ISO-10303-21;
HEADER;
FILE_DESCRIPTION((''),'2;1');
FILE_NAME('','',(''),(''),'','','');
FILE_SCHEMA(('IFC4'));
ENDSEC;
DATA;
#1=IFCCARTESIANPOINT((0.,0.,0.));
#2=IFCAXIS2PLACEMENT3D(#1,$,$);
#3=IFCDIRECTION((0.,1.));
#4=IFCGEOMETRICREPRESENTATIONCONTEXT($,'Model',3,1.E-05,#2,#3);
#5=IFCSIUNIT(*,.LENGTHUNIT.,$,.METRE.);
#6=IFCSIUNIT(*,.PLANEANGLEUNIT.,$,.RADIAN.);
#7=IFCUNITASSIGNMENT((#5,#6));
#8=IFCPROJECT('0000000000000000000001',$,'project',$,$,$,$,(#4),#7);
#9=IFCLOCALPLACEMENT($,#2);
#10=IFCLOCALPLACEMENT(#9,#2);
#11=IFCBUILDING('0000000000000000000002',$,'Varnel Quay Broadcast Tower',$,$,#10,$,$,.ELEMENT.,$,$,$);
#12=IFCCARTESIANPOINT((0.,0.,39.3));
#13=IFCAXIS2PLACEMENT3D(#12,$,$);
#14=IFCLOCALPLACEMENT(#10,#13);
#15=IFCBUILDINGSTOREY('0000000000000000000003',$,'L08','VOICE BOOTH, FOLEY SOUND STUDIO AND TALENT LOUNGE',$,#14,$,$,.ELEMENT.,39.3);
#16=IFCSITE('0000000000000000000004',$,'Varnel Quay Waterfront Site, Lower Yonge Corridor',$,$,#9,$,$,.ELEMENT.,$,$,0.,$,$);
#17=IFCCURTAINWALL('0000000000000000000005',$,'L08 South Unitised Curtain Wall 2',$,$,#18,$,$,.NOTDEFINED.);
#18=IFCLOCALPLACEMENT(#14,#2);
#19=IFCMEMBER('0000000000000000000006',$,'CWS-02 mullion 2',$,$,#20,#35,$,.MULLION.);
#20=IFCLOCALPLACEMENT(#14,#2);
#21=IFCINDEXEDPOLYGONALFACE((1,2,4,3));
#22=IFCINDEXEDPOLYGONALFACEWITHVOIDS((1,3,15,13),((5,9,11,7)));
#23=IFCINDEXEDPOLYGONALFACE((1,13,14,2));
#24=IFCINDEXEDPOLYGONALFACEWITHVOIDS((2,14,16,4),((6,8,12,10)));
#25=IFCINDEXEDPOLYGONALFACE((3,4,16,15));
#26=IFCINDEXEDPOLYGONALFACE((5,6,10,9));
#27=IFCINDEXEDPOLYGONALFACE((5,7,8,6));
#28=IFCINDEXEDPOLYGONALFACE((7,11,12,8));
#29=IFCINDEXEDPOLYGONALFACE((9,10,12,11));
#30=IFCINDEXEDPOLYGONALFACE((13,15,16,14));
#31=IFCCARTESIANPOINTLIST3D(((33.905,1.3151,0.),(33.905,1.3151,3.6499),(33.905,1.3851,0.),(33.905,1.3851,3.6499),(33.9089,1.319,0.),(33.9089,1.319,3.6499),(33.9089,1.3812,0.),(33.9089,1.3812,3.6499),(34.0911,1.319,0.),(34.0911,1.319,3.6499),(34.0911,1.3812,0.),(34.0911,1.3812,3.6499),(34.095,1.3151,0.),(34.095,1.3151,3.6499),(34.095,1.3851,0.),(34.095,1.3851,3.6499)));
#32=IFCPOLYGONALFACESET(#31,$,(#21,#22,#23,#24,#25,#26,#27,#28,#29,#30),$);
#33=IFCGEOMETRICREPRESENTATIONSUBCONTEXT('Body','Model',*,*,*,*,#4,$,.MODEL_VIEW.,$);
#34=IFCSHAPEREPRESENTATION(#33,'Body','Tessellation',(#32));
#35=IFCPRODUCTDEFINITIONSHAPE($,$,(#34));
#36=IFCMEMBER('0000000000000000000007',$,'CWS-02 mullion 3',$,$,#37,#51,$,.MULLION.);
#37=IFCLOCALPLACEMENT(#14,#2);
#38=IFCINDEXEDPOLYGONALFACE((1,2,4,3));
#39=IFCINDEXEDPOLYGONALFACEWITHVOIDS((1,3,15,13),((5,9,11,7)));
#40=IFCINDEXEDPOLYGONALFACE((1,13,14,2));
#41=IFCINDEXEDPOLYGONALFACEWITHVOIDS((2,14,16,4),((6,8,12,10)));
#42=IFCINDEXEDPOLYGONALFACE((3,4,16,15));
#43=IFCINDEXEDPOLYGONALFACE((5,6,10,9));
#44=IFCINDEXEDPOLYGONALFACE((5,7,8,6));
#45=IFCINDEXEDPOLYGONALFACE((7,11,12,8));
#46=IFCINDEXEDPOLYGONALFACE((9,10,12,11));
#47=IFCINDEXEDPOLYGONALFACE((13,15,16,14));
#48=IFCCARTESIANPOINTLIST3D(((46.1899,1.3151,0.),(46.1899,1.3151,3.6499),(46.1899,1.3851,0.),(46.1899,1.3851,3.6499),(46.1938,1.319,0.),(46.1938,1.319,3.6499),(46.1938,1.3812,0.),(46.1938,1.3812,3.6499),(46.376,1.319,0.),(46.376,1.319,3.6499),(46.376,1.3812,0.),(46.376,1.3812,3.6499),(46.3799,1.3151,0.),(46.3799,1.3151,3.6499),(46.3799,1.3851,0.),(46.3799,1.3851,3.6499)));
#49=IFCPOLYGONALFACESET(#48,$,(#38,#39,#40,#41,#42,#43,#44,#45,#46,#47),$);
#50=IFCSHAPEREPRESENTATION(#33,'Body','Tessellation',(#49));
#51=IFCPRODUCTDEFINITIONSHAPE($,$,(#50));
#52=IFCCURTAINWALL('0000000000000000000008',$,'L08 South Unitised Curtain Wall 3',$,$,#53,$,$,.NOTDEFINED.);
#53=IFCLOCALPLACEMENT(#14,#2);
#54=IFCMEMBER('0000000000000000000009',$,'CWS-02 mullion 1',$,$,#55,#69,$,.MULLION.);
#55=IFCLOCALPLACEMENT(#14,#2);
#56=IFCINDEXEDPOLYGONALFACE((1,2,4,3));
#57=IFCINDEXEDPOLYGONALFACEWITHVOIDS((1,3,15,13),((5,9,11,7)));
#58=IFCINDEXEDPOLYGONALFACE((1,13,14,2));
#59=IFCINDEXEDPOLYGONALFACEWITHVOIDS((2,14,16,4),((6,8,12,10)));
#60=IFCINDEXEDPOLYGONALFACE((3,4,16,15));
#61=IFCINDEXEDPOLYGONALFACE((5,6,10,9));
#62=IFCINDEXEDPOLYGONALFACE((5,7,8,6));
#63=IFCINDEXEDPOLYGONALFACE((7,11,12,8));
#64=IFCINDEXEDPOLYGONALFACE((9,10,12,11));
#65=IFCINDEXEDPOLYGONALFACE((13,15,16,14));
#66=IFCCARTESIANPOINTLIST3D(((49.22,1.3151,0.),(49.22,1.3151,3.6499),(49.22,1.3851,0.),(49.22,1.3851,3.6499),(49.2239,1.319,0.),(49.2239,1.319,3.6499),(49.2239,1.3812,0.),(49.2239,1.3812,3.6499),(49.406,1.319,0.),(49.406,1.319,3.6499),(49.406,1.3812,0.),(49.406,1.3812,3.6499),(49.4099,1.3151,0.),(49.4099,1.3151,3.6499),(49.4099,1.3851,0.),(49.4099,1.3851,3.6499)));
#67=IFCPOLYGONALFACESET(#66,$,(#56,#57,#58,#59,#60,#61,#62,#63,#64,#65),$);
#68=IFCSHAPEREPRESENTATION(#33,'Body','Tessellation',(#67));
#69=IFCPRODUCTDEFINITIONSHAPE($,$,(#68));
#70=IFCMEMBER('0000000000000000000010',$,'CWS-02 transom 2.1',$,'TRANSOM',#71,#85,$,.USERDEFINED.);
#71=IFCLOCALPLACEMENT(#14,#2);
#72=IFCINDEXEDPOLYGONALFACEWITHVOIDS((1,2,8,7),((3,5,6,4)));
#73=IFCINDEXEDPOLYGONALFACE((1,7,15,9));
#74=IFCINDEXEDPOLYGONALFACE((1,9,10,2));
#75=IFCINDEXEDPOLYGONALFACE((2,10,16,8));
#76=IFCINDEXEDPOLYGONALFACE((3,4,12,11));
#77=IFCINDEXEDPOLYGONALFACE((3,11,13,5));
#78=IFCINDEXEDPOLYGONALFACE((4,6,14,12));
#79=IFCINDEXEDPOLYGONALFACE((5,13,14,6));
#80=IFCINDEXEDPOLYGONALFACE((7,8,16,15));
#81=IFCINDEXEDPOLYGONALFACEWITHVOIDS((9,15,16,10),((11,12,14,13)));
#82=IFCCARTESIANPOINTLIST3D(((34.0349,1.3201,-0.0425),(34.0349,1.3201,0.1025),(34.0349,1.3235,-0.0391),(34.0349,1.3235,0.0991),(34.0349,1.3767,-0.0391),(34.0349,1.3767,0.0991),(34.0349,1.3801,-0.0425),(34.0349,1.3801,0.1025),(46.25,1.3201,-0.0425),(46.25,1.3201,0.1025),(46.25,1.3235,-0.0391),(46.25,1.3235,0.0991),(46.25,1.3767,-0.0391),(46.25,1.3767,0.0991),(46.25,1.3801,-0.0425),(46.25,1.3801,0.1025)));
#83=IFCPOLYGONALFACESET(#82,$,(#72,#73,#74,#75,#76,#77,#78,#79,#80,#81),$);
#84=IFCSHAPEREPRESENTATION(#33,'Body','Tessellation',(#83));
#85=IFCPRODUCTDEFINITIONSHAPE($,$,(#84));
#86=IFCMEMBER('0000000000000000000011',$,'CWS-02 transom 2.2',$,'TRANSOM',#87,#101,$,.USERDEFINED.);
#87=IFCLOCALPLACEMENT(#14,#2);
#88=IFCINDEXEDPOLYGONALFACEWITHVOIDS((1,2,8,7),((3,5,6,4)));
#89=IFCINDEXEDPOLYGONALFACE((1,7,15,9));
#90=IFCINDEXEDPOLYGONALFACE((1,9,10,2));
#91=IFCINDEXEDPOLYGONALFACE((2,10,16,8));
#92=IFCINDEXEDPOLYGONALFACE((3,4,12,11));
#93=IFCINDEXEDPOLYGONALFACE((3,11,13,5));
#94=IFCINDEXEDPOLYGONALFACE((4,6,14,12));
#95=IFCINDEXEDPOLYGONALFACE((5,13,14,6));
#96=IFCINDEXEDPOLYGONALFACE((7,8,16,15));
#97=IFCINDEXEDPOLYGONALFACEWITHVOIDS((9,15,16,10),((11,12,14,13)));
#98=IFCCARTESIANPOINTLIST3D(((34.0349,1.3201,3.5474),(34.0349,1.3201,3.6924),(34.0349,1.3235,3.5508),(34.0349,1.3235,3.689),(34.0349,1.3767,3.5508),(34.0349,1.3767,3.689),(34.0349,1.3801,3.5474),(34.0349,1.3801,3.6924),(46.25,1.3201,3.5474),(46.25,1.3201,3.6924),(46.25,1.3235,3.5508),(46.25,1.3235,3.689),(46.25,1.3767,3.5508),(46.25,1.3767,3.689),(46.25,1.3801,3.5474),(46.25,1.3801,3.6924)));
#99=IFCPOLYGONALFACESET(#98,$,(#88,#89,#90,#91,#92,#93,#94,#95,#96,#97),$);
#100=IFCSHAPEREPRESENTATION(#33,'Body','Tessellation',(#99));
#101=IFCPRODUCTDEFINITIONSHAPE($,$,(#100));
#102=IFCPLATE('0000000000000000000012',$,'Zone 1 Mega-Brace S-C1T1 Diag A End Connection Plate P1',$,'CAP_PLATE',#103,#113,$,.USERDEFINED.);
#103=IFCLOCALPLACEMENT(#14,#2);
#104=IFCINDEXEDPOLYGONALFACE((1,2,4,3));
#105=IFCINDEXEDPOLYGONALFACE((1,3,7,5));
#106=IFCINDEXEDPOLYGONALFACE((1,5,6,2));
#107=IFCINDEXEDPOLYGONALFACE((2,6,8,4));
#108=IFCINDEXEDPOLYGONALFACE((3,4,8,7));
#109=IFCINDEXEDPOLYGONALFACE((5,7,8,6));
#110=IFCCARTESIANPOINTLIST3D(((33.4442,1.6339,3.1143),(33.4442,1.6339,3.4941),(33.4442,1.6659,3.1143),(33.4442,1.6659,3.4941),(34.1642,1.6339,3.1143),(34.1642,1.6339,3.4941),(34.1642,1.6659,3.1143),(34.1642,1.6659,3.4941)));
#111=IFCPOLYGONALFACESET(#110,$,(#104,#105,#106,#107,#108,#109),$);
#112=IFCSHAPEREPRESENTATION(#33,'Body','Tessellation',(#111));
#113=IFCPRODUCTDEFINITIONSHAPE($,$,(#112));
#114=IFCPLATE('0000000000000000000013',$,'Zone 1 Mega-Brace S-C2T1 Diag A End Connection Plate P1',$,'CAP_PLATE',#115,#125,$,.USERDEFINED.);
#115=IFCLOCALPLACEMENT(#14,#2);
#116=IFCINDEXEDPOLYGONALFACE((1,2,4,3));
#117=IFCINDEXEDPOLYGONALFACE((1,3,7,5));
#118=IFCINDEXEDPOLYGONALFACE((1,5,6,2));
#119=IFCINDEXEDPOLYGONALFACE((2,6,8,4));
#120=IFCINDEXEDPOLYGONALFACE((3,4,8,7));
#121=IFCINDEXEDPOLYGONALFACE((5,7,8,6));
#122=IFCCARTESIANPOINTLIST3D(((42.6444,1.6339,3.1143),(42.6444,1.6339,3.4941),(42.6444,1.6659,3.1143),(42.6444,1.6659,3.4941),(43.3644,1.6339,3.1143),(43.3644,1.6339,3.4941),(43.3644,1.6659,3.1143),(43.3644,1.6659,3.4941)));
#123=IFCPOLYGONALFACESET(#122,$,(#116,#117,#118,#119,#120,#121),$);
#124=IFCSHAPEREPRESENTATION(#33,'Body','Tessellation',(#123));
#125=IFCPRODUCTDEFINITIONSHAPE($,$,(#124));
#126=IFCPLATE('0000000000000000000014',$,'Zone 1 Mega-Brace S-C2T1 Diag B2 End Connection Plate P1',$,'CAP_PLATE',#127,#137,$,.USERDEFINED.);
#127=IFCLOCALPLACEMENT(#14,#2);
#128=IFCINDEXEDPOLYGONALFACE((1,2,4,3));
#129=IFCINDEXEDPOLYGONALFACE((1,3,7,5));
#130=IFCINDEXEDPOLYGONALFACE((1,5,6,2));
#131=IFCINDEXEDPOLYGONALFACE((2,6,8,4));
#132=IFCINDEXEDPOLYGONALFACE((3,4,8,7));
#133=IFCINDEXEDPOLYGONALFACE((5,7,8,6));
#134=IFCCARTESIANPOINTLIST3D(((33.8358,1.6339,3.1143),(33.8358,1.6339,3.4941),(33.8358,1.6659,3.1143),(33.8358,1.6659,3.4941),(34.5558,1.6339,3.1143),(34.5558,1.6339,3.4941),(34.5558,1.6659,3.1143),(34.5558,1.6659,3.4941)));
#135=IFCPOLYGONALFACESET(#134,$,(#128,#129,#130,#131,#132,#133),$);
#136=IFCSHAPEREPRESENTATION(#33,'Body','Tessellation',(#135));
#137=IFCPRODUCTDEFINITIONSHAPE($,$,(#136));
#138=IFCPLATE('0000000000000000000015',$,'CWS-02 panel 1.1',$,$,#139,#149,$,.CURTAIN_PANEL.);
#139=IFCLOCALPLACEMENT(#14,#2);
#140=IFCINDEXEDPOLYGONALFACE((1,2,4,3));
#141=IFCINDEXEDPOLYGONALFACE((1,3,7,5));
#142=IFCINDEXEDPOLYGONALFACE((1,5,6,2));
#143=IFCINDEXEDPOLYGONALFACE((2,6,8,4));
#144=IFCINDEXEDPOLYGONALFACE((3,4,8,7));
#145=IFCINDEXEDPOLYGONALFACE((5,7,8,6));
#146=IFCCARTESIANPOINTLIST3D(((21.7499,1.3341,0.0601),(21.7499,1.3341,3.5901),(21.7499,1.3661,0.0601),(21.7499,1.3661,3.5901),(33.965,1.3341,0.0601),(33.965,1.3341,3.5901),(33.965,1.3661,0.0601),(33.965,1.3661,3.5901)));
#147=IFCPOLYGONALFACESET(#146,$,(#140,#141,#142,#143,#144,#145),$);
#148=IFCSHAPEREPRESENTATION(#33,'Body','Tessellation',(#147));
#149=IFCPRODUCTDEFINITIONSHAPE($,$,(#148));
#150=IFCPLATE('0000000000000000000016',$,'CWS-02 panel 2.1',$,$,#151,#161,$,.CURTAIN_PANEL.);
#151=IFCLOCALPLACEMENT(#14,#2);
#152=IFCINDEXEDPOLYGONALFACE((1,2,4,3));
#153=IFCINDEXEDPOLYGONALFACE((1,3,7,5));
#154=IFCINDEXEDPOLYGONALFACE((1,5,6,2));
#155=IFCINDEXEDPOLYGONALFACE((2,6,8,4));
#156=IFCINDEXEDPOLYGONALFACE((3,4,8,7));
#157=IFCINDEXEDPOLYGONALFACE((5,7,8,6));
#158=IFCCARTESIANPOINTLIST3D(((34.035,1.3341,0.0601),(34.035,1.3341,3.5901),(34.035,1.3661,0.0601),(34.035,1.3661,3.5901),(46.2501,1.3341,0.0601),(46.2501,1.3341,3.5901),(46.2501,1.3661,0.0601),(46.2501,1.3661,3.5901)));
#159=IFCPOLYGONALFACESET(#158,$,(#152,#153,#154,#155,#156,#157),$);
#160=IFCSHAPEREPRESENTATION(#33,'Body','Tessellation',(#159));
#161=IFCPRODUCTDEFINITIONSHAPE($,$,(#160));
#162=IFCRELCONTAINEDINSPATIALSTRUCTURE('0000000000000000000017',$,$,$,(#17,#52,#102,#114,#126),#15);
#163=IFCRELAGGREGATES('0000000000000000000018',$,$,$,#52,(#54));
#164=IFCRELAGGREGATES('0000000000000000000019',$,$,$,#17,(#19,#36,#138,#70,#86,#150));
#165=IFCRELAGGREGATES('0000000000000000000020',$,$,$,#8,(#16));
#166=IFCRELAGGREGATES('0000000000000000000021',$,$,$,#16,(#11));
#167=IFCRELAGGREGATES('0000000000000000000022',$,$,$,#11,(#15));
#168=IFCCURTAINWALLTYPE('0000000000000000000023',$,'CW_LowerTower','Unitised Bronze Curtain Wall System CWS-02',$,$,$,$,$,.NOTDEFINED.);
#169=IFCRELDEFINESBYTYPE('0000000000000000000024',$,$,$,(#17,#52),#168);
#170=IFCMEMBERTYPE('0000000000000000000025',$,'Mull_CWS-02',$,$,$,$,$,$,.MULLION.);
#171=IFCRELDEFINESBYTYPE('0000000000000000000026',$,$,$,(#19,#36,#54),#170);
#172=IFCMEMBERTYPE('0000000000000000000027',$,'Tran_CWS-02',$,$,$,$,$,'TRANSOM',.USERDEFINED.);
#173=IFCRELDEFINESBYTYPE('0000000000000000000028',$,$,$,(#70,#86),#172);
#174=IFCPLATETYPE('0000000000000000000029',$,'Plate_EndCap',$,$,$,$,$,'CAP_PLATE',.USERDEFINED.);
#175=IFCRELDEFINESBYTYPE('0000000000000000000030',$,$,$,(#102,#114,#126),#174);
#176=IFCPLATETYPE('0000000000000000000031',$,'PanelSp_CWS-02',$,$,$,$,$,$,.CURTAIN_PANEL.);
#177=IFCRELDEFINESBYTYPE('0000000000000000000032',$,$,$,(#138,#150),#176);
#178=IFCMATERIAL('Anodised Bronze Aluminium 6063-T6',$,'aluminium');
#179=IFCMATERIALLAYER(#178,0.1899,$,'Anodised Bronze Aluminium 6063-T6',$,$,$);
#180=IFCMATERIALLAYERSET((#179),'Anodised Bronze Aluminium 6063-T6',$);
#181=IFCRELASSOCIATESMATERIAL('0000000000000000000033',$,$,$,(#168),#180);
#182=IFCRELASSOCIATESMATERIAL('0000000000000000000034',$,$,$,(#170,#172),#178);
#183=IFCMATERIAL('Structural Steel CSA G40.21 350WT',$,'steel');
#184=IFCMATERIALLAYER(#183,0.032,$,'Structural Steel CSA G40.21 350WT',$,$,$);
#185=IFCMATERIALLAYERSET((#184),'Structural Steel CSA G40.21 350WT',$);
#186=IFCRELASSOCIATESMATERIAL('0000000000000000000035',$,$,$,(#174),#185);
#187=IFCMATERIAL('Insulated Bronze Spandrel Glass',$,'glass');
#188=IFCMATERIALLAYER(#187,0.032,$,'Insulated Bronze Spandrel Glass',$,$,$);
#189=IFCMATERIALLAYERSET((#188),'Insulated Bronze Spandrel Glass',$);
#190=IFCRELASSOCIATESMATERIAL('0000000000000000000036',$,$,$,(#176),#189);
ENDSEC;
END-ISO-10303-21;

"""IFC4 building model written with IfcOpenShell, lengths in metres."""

from ifc_helpers import new_model, si_unit, direction, frame, origin, origin_2d, place, context, subcontext, project, spatial, rectangle, hollow_rectangle, extrude, source, transform, mapped, material, layer, layer_set, material_profile, profile_set, type_object, type_shapes, element, aggregate, save


model = new_model("IFC4")

# Units and contexts
model_context = context("Model", 3, precision=1e-05, world=origin(), true_north=direction((0.0, 1.0)))
body_context = subcontext(model_context, "Body", "Model", "MODEL_VIEW")
ifc_project = project(units=[si_unit("LENGTHUNIT", "METRE"), si_unit("PLANEANGLEUNIT", "RADIAN")], contexts=[model_context])

# Site, building, storey
site_placement = place(None, origin())
site = spatial("IfcSite", under=ifc_project, at=site_placement, Name="Varnel Quay Waterfront Site, Lower Yonge Corridor", CompositionType="ELEMENT", RefElevation=0.0)
building_placement = place(site_placement, origin())
building = spatial("IfcBuilding", under=site, at=building_placement, Name="Varnel Quay Broadcast Tower", CompositionType="ELEMENT")
storey_placement = place(building_placement, frame((0.0, 0.0, 39.3)))
storey = spatial("IfcBuildingStorey", under=building, at=storey_placement, Name="L08", Description="VOICE BOOTH, FOLEY SOUND STUDIO AND TALENT LOUNGE", CompositionType="ELEMENT", Elevation=39.3)

# Curtain wall, members
ifc_material_1 = material(Name="Anodised Bronze Aluminium 6063-T6", Category="aluminium")
ifc_layer_1 = layer(ifc_material_1, 0.1899, Name="Anodised Bronze Aluminium 6063-T6")
ifc_layer_set_1 = layer_set([ifc_layer_1], Name="Anodised Bronze Aluminium 6063-T6")
curtain_wall_type = type_object("IfcCurtainWallType", Name="CW_LowerTower", Description="Unitised Bronze Curtain Wall System CWS-02", PredefinedType="NOTDEFINED", material=ifc_layer_set_1)
curtain_wall_1_placement = place(storey_placement, origin())
curtain_wall_1 = element("IfcCurtainWall", 1, at=curtain_wall_1_placement, inside=storey, type_object=curtain_wall_type, Name="L08 South Unitised Curtain Wall 2", PredefinedType="NOTDEFINED")
ifc_material_profile_1 = material_profile(ifc_material_1, hollow_rectangle(XDim=0.0701, YDim=0.1899, WallThickness=0.0039, at=origin_2d()), Name="ALU70X190X4")
ifc_profile_set_1 = profile_set([ifc_material_profile_1], Name="Anodised Bronze Aluminium 6063-T6")
member_type_1 = type_object("IfcMemberType", Name="Mull_CWS-02", PredefinedType="MULLION", material=ifc_profile_set_1)
shared_shape_1 = source(origin(), body_context, "Body", "SweptSolid", [
    extrude(hollow_rectangle(XDim=0.0701, YDim=0.1899, WallThickness=0.0039, at=origin_2d()), origin(), (0.0, 0.0, 1.0), 3.6499),
])
type_shapes(member_type_1, [shared_shape_1])
member_1_placement = place(storey_placement, frame((34.0, 1.3501, 0.0), z_axis=(0.0, 0.0, 1.0), x_axis=(0.0, 1.0, 0.0)))
member_1 = element("IfcMember", 2, at=member_1_placement, type_object=member_type_1, Name="CWS-02 mullion 2", PredefinedType="MULLION", context=body_context, shape_type="MappedRepresentation", body=[
    mapped(shared_shape_1, transform((0.0, 0.0, 0.0), x_axis=(1.0, 0.0, 0.0), y_axis=(0.0, 1.0, 0.0), z_axis=(0.0, 0.0, 1.0), scale=1.0)),
])
member_2_placement = place(storey_placement, frame((46.2849, 1.3501, 0.0), z_axis=(0.0, 0.0, 1.0), x_axis=(0.0, 1.0, 0.0)))
member_2 = element("IfcMember", 3, at=member_2_placement, type_object=member_type_1, Name="CWS-02 mullion 3", PredefinedType="MULLION", context=body_context, shape_type="MappedRepresentation", body=[
    mapped(shared_shape_1, transform((0.0, 0.0, 0.0), x_axis=(1.0, 0.0, 0.0), y_axis=(0.0, 1.0, 0.0), z_axis=(0.0, 0.0, 1.0), scale=1.0)),
])

# Curtain wall, member
curtain_wall_2_placement = place(storey_placement, origin())
curtain_wall_2 = element("IfcCurtainWall", 4, at=curtain_wall_2_placement, inside=storey, type_object=curtain_wall_type, Name="L08 South Unitised Curtain Wall 3", PredefinedType="NOTDEFINED")
member_3_placement = place(storey_placement, frame((49.3149, 1.3501, 0.0), z_axis=(0.0, 0.0, 1.0), x_axis=(0.0, 1.0, 0.0)))
member_3 = element("IfcMember", 5, at=member_3_placement, type_object=member_type_1, Name="CWS-02 mullion 1", PredefinedType="MULLION", context=body_context, shape_type="MappedRepresentation", body=[
    mapped(shared_shape_1, transform((0.0, 0.0, 0.0), x_axis=(1.0, 0.0, 0.0), y_axis=(0.0, 1.0, 0.0), z_axis=(0.0, 0.0, 1.0), scale=1.0)),
])
aggregate(curtain_wall_2, [member_3])

# Members
ifc_material_profile_2 = material_profile(ifc_material_1, hollow_rectangle(XDim=0.0601, YDim=0.145, WallThickness=0.0034, at=origin_2d()), Name="ALU60X145X3.5")
ifc_profile_set_2 = profile_set([ifc_material_profile_2], Name="Anodised Bronze Aluminium 6063-T6")
member_type_2 = type_object("IfcMemberType", Name="Tran_CWS-02", ElementType="TRANSOM", PredefinedType="USERDEFINED", material=ifc_profile_set_2)
shared_shape_2 = source(origin(), body_context, "Body", "SweptSolid", [
    extrude(hollow_rectangle(XDim=0.0601, YDim=0.145, WallThickness=0.0034, at=origin_2d()), origin(), (0.0, 0.0, 1.0), 12.2151),
])
type_shapes(member_type_2, [shared_shape_2])
member_4_placement = place(storey_placement, frame((34.0349, 1.3501, 0.03), z_axis=(1.0, 0.0, 0.0), x_axis=(0.0, 1.0, 0.0)))
member_4 = element("IfcMember", 6, at=member_4_placement, type_object=member_type_2, Name="CWS-02 transom 2.1", ObjectType="TRANSOM", PredefinedType="USERDEFINED", context=body_context, shape_type="MappedRepresentation", body=[
    mapped(shared_shape_2, transform((0.0, 0.0, 0.0), x_axis=(1.0, 0.0, 0.0), y_axis=(0.0, 1.0, 0.0), z_axis=(0.0, 0.0, 1.0), scale=1.0)),
])
member_5_placement = place(storey_placement, frame((34.0349, 1.3501, 3.6199), z_axis=(1.0, 0.0, 0.0), x_axis=(0.0, 1.0, 0.0)))
member_5 = element("IfcMember", 7, at=member_5_placement, type_object=member_type_2, Name="CWS-02 transom 2.2", ObjectType="TRANSOM", PredefinedType="USERDEFINED", context=body_context, shape_type="MappedRepresentation", body=[
    mapped(shared_shape_2, transform((0.0, 0.0, 0.0), x_axis=(1.0, 0.0, 0.0), y_axis=(0.0, 1.0, 0.0), z_axis=(0.0, 0.0, 1.0), scale=1.0)),
])

# Plates
ifc_material_2 = material(Name="Structural Steel CSA G40.21 350WT", Category="steel")
ifc_layer_2 = layer(ifc_material_2, 0.032, Name="Structural Steel CSA G40.21 350WT")
ifc_layer_set_2 = layer_set([ifc_layer_2], Name="Structural Steel CSA G40.21 350WT")
plate_type_1 = type_object("IfcPlateType", Name="Plate_EndCap", ElementType="CAP_PLATE", PredefinedType="USERDEFINED", material=ifc_layer_set_2)
shared_shape_3 = source(origin(), body_context, "Body", "SweptSolid", [
    extrude(rectangle(XDim=0.72, YDim=0.032, at=origin_2d()), origin(), (0.0, 0.0, 1.0), 0.3799),
])
type_shapes(plate_type_1, [shared_shape_3])
for number, where, z_axis, x_axis, name in (
    (8, (33.8042, 1.6499, 3.1143), (0.0, 0.0, 1.0), (1.0, 0.0, 0.0), "Zone 1 Mega-Brace S-C1T1 Diag A End Connection Plate P1"),
    (9, (43.0044, 1.6499, 3.1143), (0.0, 0.0, 1.0), (1.0, 0.0, 0.0), "Zone 1 Mega-Brace S-C2T1 Diag A End Connection Plate P1"),
    (10, (34.1958, 1.6499, 3.1143), (0.0, 0.0, 1.0), (1.0, 0.0, 0.0), "Zone 1 Mega-Brace S-C2T1 Diag B2 End Connection Plate P1"),
):
    element("IfcPlate", number, at=place(storey_placement, frame(where, z_axis=z_axis, x_axis=x_axis)), inside=storey, type_object=plate_type_1, Name=name, ObjectType="CAP_PLATE", PredefinedType="USERDEFINED", context=body_context, shape_type="MappedRepresentation", body=[
        mapped(shared_shape_3, transform((0.0, 0.0, 0.0), x_axis=(1.0, 0.0, 0.0), y_axis=(0.0, 1.0, 0.0), z_axis=(0.0, 0.0, 1.0), scale=1.0)),
    ])

# Plates
ifc_material_3 = material(Name="Insulated Bronze Spandrel Glass", Category="glass")
ifc_layer_3 = layer(ifc_material_3, 0.032, Name="Insulated Bronze Spandrel Glass")
ifc_layer_set_3 = layer_set([ifc_layer_3], Name="Insulated Bronze Spandrel Glass")
plate_type_2 = type_object("IfcPlateType", Name="PanelSp_CWS-02", PredefinedType="CURTAIN_PANEL", material=ifc_layer_set_3)
shared_shape_4 = source(origin(), body_context, "Body", "SweptSolid", [
    extrude(rectangle(XDim=12.2151, YDim=0.032, at=origin_2d()), origin(), (0.0, 0.0, 1.0), 3.53),
])
type_shapes(plate_type_2, [shared_shape_4])
plate_1_placement = place(storey_placement, frame((27.8574, 1.3501, 0.0601), z_axis=(0.0, 0.0, 1.0), x_axis=(1.0, 0.0, 0.0)))
plate_1 = element("IfcPlate", 11, at=plate_1_placement, type_object=plate_type_2, Name="CWS-02 panel 1.1", PredefinedType="CURTAIN_PANEL", context=body_context, shape_type="MappedRepresentation", body=[
    mapped(shared_shape_4, transform((0.0, 0.0, 0.0), x_axis=(1.0, 0.0, 0.0), y_axis=(0.0, 1.0, 0.0), z_axis=(0.0, 0.0, 1.0), scale=1.0)),
])
plate_2_placement = place(storey_placement, frame((40.1426, 1.3501, 0.0601), z_axis=(0.0, 0.0, 1.0), x_axis=(1.0, 0.0, 0.0)))
plate_2 = element("IfcPlate", 12, at=plate_2_placement, type_object=plate_type_2, Name="CWS-02 panel 2.1", PredefinedType="CURTAIN_PANEL", context=body_context, shape_type="MappedRepresentation", body=[
    mapped(shared_shape_4, transform((0.0, 0.0, 0.0), x_axis=(1.0, 0.0, 0.0), y_axis=(0.0, 1.0, 0.0), z_axis=(0.0, 0.0, 1.0), scale=1.0)),
])
aggregate(curtain_wall_1, [member_1, member_2, plate_1, member_4, member_5, plate_2])

save(model, "model.ifc")
